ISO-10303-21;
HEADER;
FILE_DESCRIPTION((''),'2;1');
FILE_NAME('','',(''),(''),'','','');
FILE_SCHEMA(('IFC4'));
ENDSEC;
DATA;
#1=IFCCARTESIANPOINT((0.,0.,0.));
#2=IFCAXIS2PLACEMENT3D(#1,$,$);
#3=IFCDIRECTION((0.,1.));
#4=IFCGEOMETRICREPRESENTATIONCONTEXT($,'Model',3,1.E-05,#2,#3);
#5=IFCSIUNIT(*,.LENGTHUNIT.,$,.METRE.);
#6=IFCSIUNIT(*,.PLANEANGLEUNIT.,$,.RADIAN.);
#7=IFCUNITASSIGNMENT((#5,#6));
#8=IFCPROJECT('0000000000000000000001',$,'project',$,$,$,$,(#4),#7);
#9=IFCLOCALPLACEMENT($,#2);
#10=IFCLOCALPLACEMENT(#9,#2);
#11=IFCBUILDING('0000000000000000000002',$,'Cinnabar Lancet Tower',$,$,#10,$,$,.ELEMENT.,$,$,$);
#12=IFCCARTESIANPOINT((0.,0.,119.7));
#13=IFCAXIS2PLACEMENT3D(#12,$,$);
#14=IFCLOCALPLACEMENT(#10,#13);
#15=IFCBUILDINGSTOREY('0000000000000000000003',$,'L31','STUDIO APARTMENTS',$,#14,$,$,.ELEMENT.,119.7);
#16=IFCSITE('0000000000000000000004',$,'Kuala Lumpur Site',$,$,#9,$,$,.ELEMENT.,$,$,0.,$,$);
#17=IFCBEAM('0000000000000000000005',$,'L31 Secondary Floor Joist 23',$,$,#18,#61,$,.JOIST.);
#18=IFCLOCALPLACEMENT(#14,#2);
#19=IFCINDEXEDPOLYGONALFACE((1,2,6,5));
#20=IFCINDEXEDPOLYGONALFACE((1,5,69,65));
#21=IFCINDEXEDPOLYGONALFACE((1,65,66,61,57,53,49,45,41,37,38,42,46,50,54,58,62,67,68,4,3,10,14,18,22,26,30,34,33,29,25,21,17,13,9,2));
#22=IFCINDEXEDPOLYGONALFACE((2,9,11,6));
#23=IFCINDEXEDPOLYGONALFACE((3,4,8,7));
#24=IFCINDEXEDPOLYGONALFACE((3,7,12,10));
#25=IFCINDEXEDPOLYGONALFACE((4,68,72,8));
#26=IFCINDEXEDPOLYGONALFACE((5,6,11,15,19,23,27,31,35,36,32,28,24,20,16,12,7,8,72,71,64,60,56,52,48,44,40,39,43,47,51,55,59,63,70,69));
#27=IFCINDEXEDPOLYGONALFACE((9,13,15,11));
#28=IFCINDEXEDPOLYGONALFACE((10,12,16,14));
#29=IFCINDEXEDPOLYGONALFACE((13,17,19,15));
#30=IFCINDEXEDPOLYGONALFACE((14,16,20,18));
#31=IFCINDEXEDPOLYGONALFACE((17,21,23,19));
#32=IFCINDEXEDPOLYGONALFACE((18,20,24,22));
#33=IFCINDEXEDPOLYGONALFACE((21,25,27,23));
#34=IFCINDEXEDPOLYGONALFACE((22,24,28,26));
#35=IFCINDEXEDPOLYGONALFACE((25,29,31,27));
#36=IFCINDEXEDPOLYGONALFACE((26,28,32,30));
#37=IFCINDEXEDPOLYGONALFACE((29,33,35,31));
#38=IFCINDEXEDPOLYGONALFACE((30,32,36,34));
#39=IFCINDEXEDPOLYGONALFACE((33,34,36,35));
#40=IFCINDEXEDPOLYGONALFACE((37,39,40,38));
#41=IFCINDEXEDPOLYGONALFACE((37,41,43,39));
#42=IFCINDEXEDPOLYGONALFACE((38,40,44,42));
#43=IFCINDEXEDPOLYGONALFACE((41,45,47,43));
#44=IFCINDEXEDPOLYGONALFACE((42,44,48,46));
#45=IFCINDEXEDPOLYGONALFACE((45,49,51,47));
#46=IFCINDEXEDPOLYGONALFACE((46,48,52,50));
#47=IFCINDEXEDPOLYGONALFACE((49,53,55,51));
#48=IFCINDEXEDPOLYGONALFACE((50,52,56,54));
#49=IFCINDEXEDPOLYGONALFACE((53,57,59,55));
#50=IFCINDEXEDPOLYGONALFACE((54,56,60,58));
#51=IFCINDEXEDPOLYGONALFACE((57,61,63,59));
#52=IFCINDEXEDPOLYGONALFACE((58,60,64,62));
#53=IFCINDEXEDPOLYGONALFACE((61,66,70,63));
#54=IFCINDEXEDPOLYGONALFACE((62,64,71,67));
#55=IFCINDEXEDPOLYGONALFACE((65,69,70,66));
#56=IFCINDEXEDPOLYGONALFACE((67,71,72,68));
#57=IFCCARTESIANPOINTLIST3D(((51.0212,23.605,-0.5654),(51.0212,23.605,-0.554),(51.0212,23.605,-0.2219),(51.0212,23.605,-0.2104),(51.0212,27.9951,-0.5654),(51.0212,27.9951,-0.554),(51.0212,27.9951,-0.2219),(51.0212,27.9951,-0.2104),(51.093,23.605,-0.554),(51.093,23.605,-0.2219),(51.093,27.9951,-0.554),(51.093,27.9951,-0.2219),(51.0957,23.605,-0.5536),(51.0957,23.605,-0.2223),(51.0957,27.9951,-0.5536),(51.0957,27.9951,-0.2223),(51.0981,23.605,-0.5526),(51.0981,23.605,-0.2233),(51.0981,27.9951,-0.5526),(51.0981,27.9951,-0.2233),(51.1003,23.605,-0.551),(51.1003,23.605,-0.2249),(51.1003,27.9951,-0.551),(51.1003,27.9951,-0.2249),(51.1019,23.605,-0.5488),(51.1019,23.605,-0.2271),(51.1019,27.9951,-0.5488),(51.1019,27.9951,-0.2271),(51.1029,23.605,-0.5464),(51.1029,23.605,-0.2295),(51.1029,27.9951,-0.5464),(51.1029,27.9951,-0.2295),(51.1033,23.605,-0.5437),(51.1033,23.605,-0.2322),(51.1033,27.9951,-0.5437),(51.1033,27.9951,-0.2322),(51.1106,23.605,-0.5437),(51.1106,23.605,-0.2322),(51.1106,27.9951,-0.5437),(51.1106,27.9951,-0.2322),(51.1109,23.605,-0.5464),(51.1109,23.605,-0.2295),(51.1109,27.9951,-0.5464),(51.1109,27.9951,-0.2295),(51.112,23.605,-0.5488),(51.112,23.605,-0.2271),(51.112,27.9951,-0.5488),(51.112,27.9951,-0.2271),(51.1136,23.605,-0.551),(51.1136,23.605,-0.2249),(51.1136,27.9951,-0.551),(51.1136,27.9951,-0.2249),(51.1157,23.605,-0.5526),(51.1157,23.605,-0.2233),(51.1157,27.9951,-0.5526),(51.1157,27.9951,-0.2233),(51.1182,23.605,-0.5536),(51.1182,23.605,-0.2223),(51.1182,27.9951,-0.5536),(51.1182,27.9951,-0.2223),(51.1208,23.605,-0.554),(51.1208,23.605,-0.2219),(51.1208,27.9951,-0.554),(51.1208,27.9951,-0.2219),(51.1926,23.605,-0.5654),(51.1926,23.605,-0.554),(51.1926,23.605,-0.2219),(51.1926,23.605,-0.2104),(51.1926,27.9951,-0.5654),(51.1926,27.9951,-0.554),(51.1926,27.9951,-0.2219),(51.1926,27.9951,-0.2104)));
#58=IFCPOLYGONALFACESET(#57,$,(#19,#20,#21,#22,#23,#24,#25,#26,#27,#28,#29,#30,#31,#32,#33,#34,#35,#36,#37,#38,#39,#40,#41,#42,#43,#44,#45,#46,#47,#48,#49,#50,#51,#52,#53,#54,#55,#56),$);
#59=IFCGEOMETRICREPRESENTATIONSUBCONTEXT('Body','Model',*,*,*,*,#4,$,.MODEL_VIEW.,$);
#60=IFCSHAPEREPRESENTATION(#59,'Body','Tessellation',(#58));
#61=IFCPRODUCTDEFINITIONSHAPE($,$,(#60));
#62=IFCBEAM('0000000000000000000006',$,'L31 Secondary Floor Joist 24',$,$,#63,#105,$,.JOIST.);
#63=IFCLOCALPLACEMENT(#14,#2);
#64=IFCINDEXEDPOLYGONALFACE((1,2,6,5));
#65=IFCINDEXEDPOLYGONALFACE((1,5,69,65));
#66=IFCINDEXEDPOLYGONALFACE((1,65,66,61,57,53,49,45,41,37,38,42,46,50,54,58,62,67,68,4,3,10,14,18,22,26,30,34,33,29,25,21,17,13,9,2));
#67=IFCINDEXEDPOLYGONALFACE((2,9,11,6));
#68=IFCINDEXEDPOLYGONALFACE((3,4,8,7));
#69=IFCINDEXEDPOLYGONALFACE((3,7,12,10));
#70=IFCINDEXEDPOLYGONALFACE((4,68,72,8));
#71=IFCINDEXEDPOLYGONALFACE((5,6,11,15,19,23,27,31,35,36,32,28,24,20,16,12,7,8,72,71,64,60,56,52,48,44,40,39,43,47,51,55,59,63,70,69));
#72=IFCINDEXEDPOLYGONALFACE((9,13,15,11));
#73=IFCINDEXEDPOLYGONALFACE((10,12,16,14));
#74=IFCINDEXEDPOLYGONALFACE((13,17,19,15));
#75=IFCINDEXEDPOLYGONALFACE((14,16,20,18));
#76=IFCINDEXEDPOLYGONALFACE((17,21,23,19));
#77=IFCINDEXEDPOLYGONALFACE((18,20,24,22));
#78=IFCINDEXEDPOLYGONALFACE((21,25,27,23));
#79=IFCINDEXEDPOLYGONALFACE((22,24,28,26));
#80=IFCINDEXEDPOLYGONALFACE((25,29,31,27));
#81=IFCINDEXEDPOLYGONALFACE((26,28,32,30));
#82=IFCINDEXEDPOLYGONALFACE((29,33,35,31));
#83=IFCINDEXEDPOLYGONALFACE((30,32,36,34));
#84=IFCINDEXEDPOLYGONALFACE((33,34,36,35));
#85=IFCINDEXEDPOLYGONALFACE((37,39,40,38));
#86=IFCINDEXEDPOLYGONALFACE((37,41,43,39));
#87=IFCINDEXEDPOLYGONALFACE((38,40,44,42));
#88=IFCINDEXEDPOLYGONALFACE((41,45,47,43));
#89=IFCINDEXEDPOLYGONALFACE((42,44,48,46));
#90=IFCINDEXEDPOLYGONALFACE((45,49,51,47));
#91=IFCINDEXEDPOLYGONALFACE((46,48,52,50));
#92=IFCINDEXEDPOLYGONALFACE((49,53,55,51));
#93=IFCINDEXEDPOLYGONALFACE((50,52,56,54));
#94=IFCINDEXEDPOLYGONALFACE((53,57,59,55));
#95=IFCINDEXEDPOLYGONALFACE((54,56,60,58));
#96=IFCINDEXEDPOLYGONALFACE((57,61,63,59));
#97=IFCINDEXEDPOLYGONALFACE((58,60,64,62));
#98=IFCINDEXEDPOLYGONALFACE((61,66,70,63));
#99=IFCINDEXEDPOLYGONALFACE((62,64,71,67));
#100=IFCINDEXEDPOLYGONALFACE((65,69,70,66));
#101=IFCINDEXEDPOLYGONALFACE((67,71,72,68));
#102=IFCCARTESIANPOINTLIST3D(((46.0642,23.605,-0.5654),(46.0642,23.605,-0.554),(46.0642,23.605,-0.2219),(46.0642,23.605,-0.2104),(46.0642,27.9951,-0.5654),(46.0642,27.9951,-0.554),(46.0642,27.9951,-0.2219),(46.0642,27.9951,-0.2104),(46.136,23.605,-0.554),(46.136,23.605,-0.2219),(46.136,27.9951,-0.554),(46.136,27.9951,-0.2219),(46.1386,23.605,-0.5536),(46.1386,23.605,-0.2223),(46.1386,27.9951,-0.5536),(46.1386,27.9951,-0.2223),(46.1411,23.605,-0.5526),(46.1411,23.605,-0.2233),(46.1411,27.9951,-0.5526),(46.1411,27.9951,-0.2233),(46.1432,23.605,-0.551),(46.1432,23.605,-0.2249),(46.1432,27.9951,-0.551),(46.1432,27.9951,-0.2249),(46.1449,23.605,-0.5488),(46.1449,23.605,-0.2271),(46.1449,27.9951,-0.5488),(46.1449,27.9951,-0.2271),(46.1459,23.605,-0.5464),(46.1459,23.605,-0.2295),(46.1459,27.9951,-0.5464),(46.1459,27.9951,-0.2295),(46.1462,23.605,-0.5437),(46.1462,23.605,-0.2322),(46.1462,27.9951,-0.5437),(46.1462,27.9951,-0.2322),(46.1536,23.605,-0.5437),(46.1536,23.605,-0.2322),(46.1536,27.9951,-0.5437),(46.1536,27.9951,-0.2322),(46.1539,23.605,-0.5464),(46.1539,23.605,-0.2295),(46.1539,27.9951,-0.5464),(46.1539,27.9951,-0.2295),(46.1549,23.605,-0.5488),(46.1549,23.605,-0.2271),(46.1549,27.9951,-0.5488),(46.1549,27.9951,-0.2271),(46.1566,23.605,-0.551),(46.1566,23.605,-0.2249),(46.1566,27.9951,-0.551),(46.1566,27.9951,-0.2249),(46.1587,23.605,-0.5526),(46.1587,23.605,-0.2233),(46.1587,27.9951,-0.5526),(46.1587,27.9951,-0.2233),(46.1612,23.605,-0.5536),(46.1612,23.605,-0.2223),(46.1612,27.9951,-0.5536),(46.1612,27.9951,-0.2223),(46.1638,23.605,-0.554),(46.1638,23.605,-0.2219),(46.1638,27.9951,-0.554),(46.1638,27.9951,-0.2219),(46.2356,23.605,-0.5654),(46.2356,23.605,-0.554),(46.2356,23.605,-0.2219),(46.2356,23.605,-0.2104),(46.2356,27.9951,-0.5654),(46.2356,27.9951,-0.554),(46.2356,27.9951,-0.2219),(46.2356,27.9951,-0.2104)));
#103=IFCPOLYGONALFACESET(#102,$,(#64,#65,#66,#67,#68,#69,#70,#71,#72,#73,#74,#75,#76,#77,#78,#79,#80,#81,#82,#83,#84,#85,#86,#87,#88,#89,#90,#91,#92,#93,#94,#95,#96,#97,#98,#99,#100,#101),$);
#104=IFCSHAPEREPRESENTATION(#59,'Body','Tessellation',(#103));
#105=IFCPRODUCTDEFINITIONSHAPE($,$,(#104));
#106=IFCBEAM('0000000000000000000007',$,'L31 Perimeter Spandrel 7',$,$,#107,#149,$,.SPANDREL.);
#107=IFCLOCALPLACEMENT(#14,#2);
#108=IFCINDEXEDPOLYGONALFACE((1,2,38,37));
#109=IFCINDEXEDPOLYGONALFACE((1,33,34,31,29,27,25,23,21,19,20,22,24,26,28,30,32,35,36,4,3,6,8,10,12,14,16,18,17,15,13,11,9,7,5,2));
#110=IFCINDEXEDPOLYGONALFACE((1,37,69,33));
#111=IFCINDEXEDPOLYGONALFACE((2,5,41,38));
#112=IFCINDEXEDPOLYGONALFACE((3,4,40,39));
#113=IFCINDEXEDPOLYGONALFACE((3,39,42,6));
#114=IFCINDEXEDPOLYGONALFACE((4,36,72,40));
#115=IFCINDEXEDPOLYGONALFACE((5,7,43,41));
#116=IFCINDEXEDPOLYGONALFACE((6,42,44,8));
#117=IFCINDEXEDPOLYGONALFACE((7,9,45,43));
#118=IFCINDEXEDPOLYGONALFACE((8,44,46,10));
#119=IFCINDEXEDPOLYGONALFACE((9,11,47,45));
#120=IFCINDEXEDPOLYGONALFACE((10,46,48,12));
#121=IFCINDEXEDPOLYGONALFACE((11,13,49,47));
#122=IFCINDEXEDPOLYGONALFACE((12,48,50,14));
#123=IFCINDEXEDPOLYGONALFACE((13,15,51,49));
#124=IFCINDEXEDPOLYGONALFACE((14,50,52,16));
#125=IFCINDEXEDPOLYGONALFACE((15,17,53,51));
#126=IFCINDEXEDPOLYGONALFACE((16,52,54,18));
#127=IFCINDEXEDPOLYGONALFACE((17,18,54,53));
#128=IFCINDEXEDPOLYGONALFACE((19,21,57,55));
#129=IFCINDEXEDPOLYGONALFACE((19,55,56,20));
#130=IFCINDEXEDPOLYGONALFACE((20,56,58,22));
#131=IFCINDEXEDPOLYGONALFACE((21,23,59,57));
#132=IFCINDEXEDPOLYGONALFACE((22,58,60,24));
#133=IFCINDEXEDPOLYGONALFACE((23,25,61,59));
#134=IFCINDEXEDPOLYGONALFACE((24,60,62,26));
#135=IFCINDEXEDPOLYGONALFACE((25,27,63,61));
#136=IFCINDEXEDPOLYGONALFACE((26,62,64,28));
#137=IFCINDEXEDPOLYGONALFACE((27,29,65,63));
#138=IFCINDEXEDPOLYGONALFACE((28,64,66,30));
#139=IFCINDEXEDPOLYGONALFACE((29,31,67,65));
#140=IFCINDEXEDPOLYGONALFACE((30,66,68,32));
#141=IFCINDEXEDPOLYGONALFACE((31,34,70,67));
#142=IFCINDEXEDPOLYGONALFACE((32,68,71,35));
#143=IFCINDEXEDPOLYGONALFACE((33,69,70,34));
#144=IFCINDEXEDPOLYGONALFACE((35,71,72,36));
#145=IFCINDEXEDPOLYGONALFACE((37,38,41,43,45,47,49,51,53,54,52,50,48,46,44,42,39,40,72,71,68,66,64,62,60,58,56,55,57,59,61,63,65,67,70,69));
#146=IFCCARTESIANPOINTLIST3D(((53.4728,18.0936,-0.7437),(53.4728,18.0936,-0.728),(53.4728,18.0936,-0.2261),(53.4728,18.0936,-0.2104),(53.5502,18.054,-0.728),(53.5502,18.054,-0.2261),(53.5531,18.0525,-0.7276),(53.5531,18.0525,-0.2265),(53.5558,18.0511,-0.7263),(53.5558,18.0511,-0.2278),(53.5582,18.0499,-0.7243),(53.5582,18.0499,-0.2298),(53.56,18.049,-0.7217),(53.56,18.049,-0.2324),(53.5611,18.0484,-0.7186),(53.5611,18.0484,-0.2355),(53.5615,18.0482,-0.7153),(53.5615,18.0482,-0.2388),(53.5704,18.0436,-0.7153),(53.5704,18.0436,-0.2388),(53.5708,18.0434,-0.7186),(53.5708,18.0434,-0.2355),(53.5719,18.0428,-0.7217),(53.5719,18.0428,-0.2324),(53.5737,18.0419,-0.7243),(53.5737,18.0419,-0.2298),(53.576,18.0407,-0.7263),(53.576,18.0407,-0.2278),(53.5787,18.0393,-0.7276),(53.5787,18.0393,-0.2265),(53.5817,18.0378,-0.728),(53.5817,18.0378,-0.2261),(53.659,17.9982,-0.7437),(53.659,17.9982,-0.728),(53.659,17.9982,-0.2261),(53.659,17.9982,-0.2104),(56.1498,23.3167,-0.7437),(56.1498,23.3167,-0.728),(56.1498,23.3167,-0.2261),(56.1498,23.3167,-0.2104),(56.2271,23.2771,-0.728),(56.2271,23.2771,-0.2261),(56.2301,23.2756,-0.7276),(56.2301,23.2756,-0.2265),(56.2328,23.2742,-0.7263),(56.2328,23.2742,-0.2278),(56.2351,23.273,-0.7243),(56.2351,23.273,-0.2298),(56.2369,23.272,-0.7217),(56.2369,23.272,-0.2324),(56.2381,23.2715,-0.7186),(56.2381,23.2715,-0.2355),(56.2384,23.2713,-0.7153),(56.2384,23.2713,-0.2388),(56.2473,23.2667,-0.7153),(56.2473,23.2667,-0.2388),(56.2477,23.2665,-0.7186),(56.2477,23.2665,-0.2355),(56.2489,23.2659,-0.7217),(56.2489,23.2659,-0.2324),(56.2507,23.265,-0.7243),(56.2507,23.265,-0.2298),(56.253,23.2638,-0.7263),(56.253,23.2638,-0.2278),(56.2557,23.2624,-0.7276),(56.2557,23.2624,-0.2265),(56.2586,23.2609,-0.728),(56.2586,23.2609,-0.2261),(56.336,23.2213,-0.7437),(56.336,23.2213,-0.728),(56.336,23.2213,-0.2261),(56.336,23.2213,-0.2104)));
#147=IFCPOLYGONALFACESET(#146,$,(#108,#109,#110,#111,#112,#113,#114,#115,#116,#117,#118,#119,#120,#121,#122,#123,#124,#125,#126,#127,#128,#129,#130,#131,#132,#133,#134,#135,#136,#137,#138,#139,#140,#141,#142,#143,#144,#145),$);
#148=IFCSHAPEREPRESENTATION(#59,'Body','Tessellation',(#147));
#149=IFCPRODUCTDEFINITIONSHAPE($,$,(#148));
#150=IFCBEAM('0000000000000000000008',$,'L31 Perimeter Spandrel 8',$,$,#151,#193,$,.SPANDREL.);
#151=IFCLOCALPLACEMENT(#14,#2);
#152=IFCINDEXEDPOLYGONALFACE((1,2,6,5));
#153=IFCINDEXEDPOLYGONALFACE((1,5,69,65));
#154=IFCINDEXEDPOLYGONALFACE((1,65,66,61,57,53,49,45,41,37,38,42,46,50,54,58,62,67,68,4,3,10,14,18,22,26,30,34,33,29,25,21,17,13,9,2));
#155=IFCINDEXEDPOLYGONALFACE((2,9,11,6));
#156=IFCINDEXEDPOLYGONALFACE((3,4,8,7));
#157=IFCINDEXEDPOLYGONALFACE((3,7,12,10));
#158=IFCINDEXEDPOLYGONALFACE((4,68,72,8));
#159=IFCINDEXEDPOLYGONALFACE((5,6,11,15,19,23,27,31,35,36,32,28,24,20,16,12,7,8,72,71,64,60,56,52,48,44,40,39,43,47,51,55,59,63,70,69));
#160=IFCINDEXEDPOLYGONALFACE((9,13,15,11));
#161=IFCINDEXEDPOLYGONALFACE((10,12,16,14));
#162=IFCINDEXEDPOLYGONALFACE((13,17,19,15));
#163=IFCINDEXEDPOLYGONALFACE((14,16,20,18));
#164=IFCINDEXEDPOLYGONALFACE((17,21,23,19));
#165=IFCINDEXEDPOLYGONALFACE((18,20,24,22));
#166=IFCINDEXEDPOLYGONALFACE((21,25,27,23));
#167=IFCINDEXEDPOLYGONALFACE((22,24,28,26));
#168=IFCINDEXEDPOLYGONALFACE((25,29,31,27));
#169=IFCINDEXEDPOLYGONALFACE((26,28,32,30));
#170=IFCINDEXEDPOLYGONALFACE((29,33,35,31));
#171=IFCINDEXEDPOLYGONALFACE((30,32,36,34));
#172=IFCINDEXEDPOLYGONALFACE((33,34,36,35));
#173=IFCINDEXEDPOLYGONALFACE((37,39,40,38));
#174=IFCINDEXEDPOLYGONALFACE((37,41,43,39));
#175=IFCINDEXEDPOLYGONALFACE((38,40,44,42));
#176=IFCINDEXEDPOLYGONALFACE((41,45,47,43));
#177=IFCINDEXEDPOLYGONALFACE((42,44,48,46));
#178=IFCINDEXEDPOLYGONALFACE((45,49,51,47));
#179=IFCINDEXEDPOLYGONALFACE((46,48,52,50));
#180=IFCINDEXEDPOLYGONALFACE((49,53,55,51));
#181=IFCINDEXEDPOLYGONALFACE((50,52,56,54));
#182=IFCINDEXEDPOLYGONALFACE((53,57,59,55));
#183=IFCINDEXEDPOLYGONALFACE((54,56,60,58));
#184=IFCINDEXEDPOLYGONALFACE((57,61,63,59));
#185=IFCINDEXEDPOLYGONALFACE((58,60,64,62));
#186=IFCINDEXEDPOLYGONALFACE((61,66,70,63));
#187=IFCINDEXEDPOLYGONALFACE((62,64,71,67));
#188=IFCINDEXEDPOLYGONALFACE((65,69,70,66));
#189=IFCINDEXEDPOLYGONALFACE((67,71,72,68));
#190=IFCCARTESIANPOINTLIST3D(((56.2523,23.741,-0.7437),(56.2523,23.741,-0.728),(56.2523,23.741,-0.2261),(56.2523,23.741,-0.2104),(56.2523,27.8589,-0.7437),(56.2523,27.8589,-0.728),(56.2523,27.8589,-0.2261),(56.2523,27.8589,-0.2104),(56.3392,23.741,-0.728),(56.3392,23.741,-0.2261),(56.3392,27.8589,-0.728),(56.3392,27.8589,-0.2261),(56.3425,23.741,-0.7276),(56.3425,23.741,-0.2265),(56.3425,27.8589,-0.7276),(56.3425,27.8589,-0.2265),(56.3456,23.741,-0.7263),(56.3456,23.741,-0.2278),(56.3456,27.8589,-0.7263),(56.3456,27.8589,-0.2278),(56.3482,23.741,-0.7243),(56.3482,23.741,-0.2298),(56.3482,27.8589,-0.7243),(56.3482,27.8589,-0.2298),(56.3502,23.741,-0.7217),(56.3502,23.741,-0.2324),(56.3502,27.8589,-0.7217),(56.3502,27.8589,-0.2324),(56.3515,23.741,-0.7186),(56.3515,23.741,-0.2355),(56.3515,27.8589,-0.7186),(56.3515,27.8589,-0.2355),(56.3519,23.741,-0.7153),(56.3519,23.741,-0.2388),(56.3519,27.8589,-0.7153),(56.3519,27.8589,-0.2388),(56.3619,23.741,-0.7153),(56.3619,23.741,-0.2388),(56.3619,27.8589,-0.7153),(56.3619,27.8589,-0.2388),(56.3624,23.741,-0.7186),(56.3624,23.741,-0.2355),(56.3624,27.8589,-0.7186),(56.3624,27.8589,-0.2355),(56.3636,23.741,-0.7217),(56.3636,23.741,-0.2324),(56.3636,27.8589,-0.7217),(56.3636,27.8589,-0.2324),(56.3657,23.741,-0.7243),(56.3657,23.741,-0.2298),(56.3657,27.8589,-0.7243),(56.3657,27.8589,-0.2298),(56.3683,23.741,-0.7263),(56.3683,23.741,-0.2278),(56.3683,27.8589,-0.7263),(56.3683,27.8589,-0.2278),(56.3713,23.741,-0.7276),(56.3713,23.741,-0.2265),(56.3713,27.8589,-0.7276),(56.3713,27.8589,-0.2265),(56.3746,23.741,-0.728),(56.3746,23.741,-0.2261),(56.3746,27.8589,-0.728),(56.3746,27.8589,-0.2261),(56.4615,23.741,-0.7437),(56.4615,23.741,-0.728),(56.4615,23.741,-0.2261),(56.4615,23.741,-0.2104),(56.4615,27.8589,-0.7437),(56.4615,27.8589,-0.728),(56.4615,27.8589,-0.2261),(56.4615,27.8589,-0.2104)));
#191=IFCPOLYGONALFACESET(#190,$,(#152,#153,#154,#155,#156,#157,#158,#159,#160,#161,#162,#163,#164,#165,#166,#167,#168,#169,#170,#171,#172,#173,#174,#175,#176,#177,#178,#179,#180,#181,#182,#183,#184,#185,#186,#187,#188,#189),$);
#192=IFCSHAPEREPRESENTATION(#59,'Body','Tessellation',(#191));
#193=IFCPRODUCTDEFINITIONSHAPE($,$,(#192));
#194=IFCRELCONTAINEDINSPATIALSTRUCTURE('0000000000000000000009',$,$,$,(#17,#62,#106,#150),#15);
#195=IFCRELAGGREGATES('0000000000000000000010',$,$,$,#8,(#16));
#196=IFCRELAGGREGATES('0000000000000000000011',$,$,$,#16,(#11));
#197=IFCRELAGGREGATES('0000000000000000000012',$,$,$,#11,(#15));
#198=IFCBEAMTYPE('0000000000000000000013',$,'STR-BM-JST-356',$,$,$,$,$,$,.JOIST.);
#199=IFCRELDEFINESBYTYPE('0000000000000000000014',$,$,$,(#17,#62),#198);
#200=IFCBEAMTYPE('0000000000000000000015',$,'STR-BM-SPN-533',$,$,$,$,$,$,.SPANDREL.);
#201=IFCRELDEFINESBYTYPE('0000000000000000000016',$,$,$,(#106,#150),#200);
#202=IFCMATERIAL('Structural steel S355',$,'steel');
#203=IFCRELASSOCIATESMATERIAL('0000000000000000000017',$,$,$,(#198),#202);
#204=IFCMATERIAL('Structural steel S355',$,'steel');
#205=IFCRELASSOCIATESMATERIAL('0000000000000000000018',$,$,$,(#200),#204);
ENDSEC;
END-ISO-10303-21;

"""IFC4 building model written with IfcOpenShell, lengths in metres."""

from ifc_helpers import new_model, si_unit, direction, frame, origin, origin_2d, place, context, subcontext, project, spatial, i_section, extrude, material, material_profile, profile_set, type_object, element, save


model = new_model("IFC4")

# Units and contexts
model_context = context("Model", 3, precision=1e-05, world=origin(), true_north=direction((0.0, 1.0)))
body_context = subcontext(model_context, "Body", "Model", "MODEL_VIEW")
ifc_project = project(units=[si_unit("LENGTHUNIT", "METRE"), si_unit("PLANEANGLEUNIT", "RADIAN")], contexts=[model_context])

# Site, building, storey
site_placement = place(None, origin())
site = spatial("IfcSite", under=ifc_project, at=site_placement, Name="Kuala Lumpur Site", CompositionType="ELEMENT", RefElevation=0.0)
building_placement = place(site_placement, origin())
building = spatial("IfcBuilding", under=site, at=building_placement, Name="Cinnabar Lancet Tower", CompositionType="ELEMENT")
storey_placement = place(building_placement, frame((0.0, 0.0, 119.7)))
storey = spatial("IfcBuildingStorey", under=building, at=storey_placement, Name="L31", Description="STUDIO APARTMENTS", CompositionType="ELEMENT", Elevation=119.7)

# Beams
ifc_material_1 = material(Name="Structural steel S355", Category="steel")
ifc_material_profile_1 = material_profile(ifc_material_1, i_section(OverallWidth=0.1714, OverallDepth=0.355, WebThickness=0.0073, FlangeThickness=0.0115, FilletRadius=0.0103, at=origin_2d()), Name="UKB 356x171x51")
ifc_profile_set_1 = profile_set([ifc_material_profile_1], Name="Structural steel S355")
beam_type_1 = type_object("IfcBeamType", Name="STR-BM-JST-356", PredefinedType="JOIST", material=ifc_profile_set_1)
for number, where, z_axis, x_axis, name in (
    (1, (51.1069, 23.605, -0.3879), (0.0, 1.0, 0.0), (-1.0, 0.0, 0.0), "L31 Secondary Floor Joist 23"),
    (2, (46.1499, 23.605, -0.3879), (0.0, 1.0, 0.0), (-1.0, 0.0, 0.0), "L31 Secondary Floor Joist 24"),
):
    element("IfcBeam", number, at=place(storey_placement, frame(where, z_axis=z_axis, x_axis=x_axis)), inside=storey, type_object=beam_type_1, Name=name, PredefinedType="JOIST", context=body_context, shape_type="SweptSolid", body=[
        extrude(i_section(OverallWidth=0.1714, OverallDepth=0.355, WebThickness=0.0073, FlangeThickness=0.0115, FilletRadius=0.0103, at=origin_2d()), origin(), (0.0, 0.0, 1.0), 4.3901),
    ])
ifc_material_2 = material(Name="Structural steel S355", Category="steel")
ifc_material_profile_2 = material_profile(ifc_material_2, i_section(OverallWidth=0.2092, OverallDepth=0.5332, WebThickness=0.01, FlangeThickness=0.0156, FilletRadius=0.0127, at=origin_2d()), Name="UKB 533x210x92")
ifc_profile_set_2 = profile_set([ifc_material_profile_2], Name="Structural steel S355")
beam_type_2 = type_object("IfcBeamType", Name="STR-BM-SPN-533", PredefinedType="SPANDREL", material=ifc_profile_set_2)
beam_1_placement = place(storey_placement, frame((53.5659, 18.0459, -0.4771), z_axis=(0.45611, 0.889924, 0.0), x_axis=(-0.889924, 0.45611, 0.0)))
element("IfcBeam", 3, at=beam_1_placement, inside=storey, type_object=beam_type_2, Name="L31 Perimeter Spandrel 7", PredefinedType="SPANDREL", context=body_context, shape_type="SweptSolid", body=[
    extrude(i_section(OverallWidth=0.2092, OverallDepth=0.5332, WebThickness=0.01, FlangeThickness=0.0156, FilletRadius=0.0127, at=origin_2d()), origin(), (0.0, 0.0, 1.0), 5.8691),
])
beam_2_placement = place(storey_placement, frame((56.3569, 23.741, -0.4771), z_axis=(0.0, 1.0, 0.0), x_axis=(-1.0, 0.0, 0.0)))
element("IfcBeam", 4, at=beam_2_placement, inside=storey, type_object=beam_type_2, Name="L31 Perimeter Spandrel 8", PredefinedType="SPANDREL", context=body_context, shape_type="SweptSolid", body=[
    extrude(i_section(OverallWidth=0.2092, OverallDepth=0.5332, WebThickness=0.01, FlangeThickness=0.0156, FilletRadius=0.0127, at=origin_2d()), origin(), (0.0, 0.0, 1.0), 4.1179),
])

save(model, "model.ifc")
